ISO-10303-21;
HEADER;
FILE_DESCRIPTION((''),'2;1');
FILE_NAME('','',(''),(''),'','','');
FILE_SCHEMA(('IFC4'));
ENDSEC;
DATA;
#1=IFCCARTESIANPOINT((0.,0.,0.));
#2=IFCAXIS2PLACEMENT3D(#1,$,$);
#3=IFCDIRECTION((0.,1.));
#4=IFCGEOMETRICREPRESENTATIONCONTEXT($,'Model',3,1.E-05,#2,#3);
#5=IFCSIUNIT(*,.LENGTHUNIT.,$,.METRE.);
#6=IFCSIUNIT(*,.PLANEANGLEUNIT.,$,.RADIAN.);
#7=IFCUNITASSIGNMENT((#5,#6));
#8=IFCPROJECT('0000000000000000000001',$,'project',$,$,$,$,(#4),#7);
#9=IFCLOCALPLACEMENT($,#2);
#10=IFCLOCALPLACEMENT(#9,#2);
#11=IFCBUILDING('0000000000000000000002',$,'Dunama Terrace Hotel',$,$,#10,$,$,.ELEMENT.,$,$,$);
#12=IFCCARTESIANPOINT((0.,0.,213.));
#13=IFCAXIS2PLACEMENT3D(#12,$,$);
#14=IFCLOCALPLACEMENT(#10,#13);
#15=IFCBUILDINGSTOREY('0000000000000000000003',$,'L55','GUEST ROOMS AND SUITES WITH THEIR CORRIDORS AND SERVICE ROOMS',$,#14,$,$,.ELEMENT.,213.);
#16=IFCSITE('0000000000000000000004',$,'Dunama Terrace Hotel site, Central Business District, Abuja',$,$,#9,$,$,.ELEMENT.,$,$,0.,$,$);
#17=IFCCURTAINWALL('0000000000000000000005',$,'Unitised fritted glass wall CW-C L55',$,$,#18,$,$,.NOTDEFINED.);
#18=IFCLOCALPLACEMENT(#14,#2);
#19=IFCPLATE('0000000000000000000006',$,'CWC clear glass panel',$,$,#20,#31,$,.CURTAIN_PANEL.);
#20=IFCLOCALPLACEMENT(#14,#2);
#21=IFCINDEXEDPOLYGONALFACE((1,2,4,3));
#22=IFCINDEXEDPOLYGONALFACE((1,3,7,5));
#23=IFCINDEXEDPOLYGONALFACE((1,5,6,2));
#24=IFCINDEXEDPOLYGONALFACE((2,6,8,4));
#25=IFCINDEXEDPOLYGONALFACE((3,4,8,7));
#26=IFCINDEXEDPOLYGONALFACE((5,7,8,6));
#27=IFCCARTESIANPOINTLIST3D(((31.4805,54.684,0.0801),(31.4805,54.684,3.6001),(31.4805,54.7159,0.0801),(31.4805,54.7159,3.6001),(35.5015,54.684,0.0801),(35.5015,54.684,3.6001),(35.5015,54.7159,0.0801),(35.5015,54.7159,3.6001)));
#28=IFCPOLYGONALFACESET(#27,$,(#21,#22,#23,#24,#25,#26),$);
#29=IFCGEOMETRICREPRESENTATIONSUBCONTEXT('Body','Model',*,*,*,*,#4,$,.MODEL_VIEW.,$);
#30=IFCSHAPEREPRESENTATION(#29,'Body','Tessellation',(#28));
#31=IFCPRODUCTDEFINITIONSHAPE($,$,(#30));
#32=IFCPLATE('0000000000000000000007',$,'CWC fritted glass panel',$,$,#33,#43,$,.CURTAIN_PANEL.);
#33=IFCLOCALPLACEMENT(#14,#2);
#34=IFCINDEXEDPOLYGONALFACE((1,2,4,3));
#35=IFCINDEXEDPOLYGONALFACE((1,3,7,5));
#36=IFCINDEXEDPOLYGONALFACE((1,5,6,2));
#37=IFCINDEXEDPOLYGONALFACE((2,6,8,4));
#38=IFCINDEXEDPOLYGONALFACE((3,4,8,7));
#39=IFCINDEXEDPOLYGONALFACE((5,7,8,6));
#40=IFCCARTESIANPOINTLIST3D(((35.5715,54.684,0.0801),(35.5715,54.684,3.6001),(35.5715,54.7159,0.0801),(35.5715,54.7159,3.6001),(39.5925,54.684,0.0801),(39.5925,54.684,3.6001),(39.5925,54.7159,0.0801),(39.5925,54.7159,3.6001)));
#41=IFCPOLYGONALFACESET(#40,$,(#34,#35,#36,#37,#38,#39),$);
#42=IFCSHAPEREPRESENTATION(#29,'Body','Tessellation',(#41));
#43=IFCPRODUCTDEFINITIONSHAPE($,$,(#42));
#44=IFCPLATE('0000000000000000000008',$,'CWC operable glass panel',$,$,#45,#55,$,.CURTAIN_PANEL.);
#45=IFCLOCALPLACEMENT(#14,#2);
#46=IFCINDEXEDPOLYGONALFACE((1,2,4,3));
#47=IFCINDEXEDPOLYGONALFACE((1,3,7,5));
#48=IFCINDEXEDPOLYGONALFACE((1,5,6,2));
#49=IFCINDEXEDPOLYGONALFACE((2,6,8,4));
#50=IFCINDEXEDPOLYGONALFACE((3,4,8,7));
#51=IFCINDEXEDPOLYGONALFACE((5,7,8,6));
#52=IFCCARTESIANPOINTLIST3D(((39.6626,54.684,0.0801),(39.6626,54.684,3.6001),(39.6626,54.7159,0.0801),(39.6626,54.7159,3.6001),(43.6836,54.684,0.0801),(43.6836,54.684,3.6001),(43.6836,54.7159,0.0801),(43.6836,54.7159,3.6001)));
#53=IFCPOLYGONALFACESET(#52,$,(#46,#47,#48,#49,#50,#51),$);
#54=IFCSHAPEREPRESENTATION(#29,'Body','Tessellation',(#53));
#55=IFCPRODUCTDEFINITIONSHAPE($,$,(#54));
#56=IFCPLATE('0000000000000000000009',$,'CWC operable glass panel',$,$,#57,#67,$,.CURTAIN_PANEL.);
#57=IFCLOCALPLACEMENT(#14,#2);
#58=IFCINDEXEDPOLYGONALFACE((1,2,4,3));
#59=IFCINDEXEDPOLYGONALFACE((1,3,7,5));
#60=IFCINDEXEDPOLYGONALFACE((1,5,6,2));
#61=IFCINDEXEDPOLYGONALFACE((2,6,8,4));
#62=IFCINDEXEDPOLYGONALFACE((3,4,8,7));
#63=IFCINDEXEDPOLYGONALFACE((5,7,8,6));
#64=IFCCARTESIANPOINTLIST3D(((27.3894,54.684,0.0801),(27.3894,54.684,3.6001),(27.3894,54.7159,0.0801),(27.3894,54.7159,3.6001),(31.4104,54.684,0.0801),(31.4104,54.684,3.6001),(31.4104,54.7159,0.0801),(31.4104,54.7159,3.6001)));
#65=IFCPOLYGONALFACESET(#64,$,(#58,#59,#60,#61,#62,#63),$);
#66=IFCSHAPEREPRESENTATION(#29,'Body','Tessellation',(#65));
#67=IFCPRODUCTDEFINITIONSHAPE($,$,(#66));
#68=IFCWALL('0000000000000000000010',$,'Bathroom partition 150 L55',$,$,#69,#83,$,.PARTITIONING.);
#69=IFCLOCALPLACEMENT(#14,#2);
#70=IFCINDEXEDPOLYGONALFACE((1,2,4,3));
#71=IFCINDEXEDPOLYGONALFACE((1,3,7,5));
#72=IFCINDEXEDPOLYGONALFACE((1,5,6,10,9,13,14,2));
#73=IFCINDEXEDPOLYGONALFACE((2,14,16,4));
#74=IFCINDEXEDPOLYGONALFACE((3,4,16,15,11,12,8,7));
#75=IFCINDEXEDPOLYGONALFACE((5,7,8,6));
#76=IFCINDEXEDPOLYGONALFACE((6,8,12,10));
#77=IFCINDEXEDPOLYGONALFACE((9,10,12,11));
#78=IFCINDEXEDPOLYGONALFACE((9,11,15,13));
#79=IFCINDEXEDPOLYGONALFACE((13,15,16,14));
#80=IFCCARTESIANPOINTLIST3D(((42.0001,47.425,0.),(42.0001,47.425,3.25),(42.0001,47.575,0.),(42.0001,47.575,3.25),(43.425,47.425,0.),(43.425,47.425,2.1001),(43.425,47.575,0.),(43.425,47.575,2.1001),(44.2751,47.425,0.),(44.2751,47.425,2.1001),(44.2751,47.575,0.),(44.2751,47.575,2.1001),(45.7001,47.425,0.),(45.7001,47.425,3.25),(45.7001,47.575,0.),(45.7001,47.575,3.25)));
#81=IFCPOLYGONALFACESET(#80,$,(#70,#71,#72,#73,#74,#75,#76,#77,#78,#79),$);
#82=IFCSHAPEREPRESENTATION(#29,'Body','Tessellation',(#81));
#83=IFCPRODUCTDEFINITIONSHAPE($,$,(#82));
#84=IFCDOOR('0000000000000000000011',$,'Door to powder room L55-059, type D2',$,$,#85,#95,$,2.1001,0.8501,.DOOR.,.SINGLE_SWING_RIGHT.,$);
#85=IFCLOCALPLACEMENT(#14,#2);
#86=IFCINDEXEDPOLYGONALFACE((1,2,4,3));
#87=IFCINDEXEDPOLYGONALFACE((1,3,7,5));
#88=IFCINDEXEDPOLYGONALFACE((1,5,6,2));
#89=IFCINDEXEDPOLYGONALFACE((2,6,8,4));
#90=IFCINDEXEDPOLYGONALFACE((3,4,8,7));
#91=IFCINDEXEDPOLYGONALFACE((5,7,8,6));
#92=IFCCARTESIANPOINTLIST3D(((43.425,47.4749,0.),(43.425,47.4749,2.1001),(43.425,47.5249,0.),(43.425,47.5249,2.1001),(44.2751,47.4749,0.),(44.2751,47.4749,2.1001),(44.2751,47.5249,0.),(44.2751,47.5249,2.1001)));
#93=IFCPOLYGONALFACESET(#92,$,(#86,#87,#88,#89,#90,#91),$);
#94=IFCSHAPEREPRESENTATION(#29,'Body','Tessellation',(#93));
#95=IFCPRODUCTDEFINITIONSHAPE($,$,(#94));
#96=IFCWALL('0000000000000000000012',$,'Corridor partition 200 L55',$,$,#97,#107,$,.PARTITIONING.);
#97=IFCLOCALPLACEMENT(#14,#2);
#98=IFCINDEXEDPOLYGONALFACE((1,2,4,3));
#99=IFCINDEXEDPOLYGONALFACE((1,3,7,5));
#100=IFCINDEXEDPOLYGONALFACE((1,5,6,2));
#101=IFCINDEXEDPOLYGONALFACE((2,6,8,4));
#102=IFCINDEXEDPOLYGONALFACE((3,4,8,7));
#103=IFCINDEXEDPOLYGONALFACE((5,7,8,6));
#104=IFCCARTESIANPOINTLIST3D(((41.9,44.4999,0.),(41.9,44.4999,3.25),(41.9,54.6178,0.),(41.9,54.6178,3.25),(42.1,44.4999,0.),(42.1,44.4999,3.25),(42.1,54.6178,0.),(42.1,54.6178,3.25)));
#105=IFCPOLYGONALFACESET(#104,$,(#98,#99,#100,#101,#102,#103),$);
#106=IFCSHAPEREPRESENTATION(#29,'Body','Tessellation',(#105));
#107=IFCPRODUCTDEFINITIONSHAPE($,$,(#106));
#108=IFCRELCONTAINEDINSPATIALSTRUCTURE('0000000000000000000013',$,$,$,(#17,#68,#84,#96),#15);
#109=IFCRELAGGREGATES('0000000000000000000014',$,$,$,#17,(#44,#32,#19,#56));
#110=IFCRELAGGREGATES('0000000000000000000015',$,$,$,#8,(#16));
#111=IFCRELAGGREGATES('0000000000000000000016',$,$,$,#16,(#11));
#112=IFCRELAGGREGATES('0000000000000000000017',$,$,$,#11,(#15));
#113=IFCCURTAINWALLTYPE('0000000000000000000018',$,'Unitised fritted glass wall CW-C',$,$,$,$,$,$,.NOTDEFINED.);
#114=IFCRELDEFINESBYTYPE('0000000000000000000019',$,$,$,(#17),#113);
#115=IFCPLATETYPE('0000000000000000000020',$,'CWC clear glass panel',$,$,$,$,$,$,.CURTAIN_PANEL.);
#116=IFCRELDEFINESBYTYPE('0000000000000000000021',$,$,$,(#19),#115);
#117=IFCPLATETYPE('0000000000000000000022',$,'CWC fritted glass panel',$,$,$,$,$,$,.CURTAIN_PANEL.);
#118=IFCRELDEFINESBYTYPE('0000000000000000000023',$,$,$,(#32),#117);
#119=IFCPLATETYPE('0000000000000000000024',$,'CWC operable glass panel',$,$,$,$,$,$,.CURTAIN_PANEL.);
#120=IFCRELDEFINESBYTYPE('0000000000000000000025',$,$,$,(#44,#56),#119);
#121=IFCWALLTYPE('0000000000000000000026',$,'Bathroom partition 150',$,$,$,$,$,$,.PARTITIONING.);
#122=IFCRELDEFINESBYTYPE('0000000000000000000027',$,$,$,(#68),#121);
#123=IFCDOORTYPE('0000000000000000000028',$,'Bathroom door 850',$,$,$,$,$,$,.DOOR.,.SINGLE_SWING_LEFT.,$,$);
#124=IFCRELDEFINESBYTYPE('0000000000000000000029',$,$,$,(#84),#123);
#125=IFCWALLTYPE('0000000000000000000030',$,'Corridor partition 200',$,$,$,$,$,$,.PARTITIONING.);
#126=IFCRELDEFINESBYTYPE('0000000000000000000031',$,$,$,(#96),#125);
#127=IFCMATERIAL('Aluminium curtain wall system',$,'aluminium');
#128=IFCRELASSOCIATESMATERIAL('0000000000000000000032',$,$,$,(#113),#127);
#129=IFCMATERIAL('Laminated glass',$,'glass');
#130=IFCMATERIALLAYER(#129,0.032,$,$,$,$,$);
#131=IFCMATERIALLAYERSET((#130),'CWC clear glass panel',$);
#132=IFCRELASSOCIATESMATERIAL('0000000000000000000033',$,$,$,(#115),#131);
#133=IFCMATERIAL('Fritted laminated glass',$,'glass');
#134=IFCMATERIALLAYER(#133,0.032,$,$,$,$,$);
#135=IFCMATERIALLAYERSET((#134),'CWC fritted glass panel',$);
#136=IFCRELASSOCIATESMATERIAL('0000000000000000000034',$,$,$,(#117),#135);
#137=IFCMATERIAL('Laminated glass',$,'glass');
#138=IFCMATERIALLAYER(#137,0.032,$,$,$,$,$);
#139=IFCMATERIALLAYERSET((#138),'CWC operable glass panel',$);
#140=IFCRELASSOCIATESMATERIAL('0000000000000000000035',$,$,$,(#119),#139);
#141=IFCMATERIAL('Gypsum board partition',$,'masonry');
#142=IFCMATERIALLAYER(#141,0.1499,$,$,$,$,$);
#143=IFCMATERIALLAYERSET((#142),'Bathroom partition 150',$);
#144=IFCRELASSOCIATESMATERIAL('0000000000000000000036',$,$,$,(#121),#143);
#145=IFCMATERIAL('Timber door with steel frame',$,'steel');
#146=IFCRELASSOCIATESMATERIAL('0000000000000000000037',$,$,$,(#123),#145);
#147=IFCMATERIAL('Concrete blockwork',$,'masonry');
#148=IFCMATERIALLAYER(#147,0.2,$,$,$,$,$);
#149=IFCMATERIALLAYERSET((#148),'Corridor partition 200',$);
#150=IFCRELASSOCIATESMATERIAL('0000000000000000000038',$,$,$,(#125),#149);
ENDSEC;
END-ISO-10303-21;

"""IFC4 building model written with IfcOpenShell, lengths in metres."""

from ifc_helpers import new_model, si_unit, direction, frame, frame_2d, origin, origin_2d, place, context, subcontext, project, spatial, rectangle, extrude, material, layer, layer_set, type_object, element, fill, aggregate, save


model = new_model("IFC4")

# Units and contexts
model_context = context("Model", 3, precision=1e-05, world=origin(), true_north=direction((0.0, 1.0)))
body_context = subcontext(model_context, "Body", "Model", "MODEL_VIEW")
ifc_project = project(units=[si_unit("LENGTHUNIT", "METRE"), si_unit("PLANEANGLEUNIT", "RADIAN")], contexts=[model_context])

# Site, building, storey
site_placement = place(None, origin())
site = spatial("IfcSite", under=ifc_project, at=site_placement, Name="Dunama Terrace Hotel site, Central Business District, Abuja", CompositionType="ELEMENT", RefElevation=0.0)
building_placement = place(site_placement, origin())
building = spatial("IfcBuilding", under=site, at=building_placement, Name="Dunama Terrace Hotel", CompositionType="ELEMENT")
storey_placement = place(building_placement, frame((0.0, 0.0, 213.0)))
storey = spatial("IfcBuildingStorey", under=building, at=storey_placement, Name="L55", Description="GUEST ROOMS AND SUITES WITH THEIR CORRIDORS AND SERVICE ROOMS", CompositionType="ELEMENT", Elevation=213.0)

# Curtain wall
ifc_material_1 = material(Name="Aluminium curtain wall system", Category="aluminium")
curtain_wall_type = type_object("IfcCurtainWallType", Name="Unitised fritted glass wall CW-C", PredefinedType="NOTDEFINED", material=ifc_material_1)
curtain_wall_placement = place(storey_placement, origin())
curtain_wall = element("IfcCurtainWall", 1, at=curtain_wall_placement, inside=storey, type_object=curtain_wall_type, Name="Unitised fritted glass wall CW-C L55", PredefinedType="NOTDEFINED")

# Plates
ifc_material_2 = material(Name="Laminated glass", Category="glass")
ifc_layer_1 = layer(ifc_material_2, 0.032)
ifc_layer_set_1 = layer_set([ifc_layer_1], Name="CWC clear glass panel")
plate_type_1 = type_object("IfcPlateType", Name="CWC clear glass panel", PredefinedType="CURTAIN_PANEL", material=ifc_layer_set_1)
plate_1_placement = place(storey_placement, frame((33.491, 54.7, 0.0801), z_axis=(0.0, 0.0, 1.0), x_axis=(-1.0, 0.0, 0.0)))
plate_1 = element("IfcPlate", 2, at=plate_1_placement, type_object=plate_type_1, Name="CWC clear glass panel", PredefinedType="CURTAIN_PANEL", context=body_context, shape_type="SweptSolid", body=[
    extrude(rectangle(XDim=4.021, YDim=0.032, at=origin_2d()), origin(), (0.0, 0.0, 1.0), 3.52),
])
ifc_material_3 = material(Name="Fritted laminated glass", Category="glass")
ifc_layer_2 = layer(ifc_material_3, 0.032)
ifc_layer_set_2 = layer_set([ifc_layer_2], Name="CWC fritted glass panel")
plate_type_2 = type_object("IfcPlateType", Name="CWC fritted glass panel", PredefinedType="CURTAIN_PANEL", material=ifc_layer_set_2)
plate_2_placement = place(storey_placement, frame((37.582, 54.7, 0.0801), z_axis=(0.0, 0.0, 1.0), x_axis=(-1.0, 0.0, 0.0)))
plate_2 = element("IfcPlate", 3, at=plate_2_placement, type_object=plate_type_2, Name="CWC fritted glass panel", PredefinedType="CURTAIN_PANEL", context=body_context, shape_type="SweptSolid", body=[
    extrude(rectangle(XDim=4.021, YDim=0.032, at=origin_2d()), origin(), (0.0, 0.0, 1.0), 3.52),
])
ifc_material_4 = material(Name="Laminated glass", Category="glass")
ifc_layer_3 = layer(ifc_material_4, 0.032)
ifc_layer_set_3 = layer_set([ifc_layer_3], Name="CWC operable glass panel")
plate_type_3 = type_object("IfcPlateType", Name="CWC operable glass panel", PredefinedType="CURTAIN_PANEL", material=ifc_layer_set_3)
plate_3_placement = place(storey_placement, frame((41.6731, 54.7, 0.0801), z_axis=(0.0, 0.0, 1.0), x_axis=(-1.0, 0.0, 0.0)))
plate_3 = element("IfcPlate", 4, at=plate_3_placement, type_object=plate_type_3, Name="CWC operable glass panel", PredefinedType="CURTAIN_PANEL", context=body_context, shape_type="SweptSolid", body=[
    extrude(rectangle(XDim=4.021, YDim=0.032, at=origin_2d()), origin(), (0.0, 0.0, 1.0), 3.52),
])
plate_4_placement = place(storey_placement, frame((29.3999, 54.7, 0.0801), z_axis=(0.0, 0.0, 1.0), x_axis=(-1.0, 0.0, 0.0)))
plate_4 = element("IfcPlate", 5, at=plate_4_placement, type_object=plate_type_3, Name="CWC operable glass panel", PredefinedType="CURTAIN_PANEL", context=body_context, shape_type="SweptSolid", body=[
    extrude(rectangle(XDim=4.021, YDim=0.032, at=origin_2d()), origin(), (0.0, 0.0, 1.0), 3.52),
])
aggregate(curtain_wall, [plate_3, plate_2, plate_1, plate_4])

# Wall, opening, door
ifc_material_5 = material(Name="Gypsum board partition", Category="masonry")
ifc_layer_4 = layer(ifc_material_5, 0.1499)
ifc_layer_set_4 = layer_set([ifc_layer_4], Name="Bathroom partition 150")
wall_type_1 = type_object("IfcWallType", Name="Bathroom partition 150", PredefinedType="PARTITIONING", material=ifc_layer_set_4)
wall_1_placement = place(storey_placement, frame((42.0, 47.5, 0.0), z_axis=(0.0, 0.0, 1.0), x_axis=(1.0, 0.0, 0.0)))
wall_1 = element("IfcWall", 6, at=wall_1_placement, inside=storey, type_object=wall_type_1, Name="Bathroom partition 150 L55", PredefinedType="PARTITIONING", context=body_context, shape_type="SweptSolid", body=[
    extrude(rectangle(XDim=3.7, YDim=0.1499, at=frame_2d((1.8501, 0.0))), origin(), (0.0, 0.0, 1.0), 3.25),
])
opening_1_placement = place(wall_1_placement, frame((1.425, 0.0, 0.0)))
opening_1 = element("IfcOpeningElement", 7, at=opening_1_placement, cuts=wall_1, PredefinedType="OPENING", context=body_context, shape_type="SweptSolid", body=[
    extrude(rectangle(XDim=0.8501, YDim=2.1001, at=frame_2d((0.425, 1.05))), frame((0.0, 0.085, 0.0), z_axis=(0.0, -1.0, 0.0), x_axis=(1.0, 0.0, 0.0)), (0.0, 0.0, 1.0), 0.1699),
])
ifc_material_6 = material(Name="Timber door with steel frame", Category="steel")
door_type_1 = type_object("IfcDoorType", Name="Bathroom door 850", OperationType="SINGLE_SWING_LEFT", PredefinedType="DOOR", material=ifc_material_6)
door_1_placement = place(opening_1_placement, frame((0.8501, 0.0, 0.0), z_axis=(0.0, 0.0, 1.0), x_axis=(-1.0, 0.0, 0.0)))
door_1 = element("IfcDoor", 8, at=door_1_placement, inside=storey, type_object=door_type_1, Name="Door to powder room L55-059, type D2", OperationType="SINGLE_SWING_RIGHT", OverallHeight=2.1001, OverallWidth=0.8501, PredefinedType="DOOR", context=body_context, shape_type="SweptSolid", body=[
    extrude(rectangle(XDim=0.8501, YDim=2.1001, at=frame_2d((0.425, 1.05))), frame((0.0, 0.0251, 0.0), z_axis=(0.0, -1.0, 0.0), x_axis=(1.0, 0.0, 0.0)), (0.0, 0.0, 1.0), 0.05),
])
fill(opening_1, door_1)

# Wall
ifc_material_7 = material(Name="Concrete blockwork", Category="masonry")
ifc_layer_5 = layer(ifc_material_7, 0.2)
ifc_layer_set_5 = layer_set([ifc_layer_5], Name="Corridor partition 200")
wall_type_2 = type_object("IfcWallType", Name="Corridor partition 200", PredefinedType="PARTITIONING", material=ifc_layer_set_5)
wall_2_placement = place(storey_placement, frame((42.0, 54.6179, 0.0), z_axis=(0.0, 0.0, 1.0), x_axis=(0.0, -1.0, 0.0)))
element("IfcWall", 9, at=wall_2_placement, inside=storey, type_object=wall_type_2, Name="Corridor partition 200 L55", PredefinedType="PARTITIONING", context=body_context, shape_type="SweptSolid", body=[
    extrude(rectangle(XDim=10.1179, YDim=0.2, at=frame_2d((5.0591, 0.0))), origin(), (0.0, 0.0, 1.0), 3.25),
])

save(model, "model.ifc")
